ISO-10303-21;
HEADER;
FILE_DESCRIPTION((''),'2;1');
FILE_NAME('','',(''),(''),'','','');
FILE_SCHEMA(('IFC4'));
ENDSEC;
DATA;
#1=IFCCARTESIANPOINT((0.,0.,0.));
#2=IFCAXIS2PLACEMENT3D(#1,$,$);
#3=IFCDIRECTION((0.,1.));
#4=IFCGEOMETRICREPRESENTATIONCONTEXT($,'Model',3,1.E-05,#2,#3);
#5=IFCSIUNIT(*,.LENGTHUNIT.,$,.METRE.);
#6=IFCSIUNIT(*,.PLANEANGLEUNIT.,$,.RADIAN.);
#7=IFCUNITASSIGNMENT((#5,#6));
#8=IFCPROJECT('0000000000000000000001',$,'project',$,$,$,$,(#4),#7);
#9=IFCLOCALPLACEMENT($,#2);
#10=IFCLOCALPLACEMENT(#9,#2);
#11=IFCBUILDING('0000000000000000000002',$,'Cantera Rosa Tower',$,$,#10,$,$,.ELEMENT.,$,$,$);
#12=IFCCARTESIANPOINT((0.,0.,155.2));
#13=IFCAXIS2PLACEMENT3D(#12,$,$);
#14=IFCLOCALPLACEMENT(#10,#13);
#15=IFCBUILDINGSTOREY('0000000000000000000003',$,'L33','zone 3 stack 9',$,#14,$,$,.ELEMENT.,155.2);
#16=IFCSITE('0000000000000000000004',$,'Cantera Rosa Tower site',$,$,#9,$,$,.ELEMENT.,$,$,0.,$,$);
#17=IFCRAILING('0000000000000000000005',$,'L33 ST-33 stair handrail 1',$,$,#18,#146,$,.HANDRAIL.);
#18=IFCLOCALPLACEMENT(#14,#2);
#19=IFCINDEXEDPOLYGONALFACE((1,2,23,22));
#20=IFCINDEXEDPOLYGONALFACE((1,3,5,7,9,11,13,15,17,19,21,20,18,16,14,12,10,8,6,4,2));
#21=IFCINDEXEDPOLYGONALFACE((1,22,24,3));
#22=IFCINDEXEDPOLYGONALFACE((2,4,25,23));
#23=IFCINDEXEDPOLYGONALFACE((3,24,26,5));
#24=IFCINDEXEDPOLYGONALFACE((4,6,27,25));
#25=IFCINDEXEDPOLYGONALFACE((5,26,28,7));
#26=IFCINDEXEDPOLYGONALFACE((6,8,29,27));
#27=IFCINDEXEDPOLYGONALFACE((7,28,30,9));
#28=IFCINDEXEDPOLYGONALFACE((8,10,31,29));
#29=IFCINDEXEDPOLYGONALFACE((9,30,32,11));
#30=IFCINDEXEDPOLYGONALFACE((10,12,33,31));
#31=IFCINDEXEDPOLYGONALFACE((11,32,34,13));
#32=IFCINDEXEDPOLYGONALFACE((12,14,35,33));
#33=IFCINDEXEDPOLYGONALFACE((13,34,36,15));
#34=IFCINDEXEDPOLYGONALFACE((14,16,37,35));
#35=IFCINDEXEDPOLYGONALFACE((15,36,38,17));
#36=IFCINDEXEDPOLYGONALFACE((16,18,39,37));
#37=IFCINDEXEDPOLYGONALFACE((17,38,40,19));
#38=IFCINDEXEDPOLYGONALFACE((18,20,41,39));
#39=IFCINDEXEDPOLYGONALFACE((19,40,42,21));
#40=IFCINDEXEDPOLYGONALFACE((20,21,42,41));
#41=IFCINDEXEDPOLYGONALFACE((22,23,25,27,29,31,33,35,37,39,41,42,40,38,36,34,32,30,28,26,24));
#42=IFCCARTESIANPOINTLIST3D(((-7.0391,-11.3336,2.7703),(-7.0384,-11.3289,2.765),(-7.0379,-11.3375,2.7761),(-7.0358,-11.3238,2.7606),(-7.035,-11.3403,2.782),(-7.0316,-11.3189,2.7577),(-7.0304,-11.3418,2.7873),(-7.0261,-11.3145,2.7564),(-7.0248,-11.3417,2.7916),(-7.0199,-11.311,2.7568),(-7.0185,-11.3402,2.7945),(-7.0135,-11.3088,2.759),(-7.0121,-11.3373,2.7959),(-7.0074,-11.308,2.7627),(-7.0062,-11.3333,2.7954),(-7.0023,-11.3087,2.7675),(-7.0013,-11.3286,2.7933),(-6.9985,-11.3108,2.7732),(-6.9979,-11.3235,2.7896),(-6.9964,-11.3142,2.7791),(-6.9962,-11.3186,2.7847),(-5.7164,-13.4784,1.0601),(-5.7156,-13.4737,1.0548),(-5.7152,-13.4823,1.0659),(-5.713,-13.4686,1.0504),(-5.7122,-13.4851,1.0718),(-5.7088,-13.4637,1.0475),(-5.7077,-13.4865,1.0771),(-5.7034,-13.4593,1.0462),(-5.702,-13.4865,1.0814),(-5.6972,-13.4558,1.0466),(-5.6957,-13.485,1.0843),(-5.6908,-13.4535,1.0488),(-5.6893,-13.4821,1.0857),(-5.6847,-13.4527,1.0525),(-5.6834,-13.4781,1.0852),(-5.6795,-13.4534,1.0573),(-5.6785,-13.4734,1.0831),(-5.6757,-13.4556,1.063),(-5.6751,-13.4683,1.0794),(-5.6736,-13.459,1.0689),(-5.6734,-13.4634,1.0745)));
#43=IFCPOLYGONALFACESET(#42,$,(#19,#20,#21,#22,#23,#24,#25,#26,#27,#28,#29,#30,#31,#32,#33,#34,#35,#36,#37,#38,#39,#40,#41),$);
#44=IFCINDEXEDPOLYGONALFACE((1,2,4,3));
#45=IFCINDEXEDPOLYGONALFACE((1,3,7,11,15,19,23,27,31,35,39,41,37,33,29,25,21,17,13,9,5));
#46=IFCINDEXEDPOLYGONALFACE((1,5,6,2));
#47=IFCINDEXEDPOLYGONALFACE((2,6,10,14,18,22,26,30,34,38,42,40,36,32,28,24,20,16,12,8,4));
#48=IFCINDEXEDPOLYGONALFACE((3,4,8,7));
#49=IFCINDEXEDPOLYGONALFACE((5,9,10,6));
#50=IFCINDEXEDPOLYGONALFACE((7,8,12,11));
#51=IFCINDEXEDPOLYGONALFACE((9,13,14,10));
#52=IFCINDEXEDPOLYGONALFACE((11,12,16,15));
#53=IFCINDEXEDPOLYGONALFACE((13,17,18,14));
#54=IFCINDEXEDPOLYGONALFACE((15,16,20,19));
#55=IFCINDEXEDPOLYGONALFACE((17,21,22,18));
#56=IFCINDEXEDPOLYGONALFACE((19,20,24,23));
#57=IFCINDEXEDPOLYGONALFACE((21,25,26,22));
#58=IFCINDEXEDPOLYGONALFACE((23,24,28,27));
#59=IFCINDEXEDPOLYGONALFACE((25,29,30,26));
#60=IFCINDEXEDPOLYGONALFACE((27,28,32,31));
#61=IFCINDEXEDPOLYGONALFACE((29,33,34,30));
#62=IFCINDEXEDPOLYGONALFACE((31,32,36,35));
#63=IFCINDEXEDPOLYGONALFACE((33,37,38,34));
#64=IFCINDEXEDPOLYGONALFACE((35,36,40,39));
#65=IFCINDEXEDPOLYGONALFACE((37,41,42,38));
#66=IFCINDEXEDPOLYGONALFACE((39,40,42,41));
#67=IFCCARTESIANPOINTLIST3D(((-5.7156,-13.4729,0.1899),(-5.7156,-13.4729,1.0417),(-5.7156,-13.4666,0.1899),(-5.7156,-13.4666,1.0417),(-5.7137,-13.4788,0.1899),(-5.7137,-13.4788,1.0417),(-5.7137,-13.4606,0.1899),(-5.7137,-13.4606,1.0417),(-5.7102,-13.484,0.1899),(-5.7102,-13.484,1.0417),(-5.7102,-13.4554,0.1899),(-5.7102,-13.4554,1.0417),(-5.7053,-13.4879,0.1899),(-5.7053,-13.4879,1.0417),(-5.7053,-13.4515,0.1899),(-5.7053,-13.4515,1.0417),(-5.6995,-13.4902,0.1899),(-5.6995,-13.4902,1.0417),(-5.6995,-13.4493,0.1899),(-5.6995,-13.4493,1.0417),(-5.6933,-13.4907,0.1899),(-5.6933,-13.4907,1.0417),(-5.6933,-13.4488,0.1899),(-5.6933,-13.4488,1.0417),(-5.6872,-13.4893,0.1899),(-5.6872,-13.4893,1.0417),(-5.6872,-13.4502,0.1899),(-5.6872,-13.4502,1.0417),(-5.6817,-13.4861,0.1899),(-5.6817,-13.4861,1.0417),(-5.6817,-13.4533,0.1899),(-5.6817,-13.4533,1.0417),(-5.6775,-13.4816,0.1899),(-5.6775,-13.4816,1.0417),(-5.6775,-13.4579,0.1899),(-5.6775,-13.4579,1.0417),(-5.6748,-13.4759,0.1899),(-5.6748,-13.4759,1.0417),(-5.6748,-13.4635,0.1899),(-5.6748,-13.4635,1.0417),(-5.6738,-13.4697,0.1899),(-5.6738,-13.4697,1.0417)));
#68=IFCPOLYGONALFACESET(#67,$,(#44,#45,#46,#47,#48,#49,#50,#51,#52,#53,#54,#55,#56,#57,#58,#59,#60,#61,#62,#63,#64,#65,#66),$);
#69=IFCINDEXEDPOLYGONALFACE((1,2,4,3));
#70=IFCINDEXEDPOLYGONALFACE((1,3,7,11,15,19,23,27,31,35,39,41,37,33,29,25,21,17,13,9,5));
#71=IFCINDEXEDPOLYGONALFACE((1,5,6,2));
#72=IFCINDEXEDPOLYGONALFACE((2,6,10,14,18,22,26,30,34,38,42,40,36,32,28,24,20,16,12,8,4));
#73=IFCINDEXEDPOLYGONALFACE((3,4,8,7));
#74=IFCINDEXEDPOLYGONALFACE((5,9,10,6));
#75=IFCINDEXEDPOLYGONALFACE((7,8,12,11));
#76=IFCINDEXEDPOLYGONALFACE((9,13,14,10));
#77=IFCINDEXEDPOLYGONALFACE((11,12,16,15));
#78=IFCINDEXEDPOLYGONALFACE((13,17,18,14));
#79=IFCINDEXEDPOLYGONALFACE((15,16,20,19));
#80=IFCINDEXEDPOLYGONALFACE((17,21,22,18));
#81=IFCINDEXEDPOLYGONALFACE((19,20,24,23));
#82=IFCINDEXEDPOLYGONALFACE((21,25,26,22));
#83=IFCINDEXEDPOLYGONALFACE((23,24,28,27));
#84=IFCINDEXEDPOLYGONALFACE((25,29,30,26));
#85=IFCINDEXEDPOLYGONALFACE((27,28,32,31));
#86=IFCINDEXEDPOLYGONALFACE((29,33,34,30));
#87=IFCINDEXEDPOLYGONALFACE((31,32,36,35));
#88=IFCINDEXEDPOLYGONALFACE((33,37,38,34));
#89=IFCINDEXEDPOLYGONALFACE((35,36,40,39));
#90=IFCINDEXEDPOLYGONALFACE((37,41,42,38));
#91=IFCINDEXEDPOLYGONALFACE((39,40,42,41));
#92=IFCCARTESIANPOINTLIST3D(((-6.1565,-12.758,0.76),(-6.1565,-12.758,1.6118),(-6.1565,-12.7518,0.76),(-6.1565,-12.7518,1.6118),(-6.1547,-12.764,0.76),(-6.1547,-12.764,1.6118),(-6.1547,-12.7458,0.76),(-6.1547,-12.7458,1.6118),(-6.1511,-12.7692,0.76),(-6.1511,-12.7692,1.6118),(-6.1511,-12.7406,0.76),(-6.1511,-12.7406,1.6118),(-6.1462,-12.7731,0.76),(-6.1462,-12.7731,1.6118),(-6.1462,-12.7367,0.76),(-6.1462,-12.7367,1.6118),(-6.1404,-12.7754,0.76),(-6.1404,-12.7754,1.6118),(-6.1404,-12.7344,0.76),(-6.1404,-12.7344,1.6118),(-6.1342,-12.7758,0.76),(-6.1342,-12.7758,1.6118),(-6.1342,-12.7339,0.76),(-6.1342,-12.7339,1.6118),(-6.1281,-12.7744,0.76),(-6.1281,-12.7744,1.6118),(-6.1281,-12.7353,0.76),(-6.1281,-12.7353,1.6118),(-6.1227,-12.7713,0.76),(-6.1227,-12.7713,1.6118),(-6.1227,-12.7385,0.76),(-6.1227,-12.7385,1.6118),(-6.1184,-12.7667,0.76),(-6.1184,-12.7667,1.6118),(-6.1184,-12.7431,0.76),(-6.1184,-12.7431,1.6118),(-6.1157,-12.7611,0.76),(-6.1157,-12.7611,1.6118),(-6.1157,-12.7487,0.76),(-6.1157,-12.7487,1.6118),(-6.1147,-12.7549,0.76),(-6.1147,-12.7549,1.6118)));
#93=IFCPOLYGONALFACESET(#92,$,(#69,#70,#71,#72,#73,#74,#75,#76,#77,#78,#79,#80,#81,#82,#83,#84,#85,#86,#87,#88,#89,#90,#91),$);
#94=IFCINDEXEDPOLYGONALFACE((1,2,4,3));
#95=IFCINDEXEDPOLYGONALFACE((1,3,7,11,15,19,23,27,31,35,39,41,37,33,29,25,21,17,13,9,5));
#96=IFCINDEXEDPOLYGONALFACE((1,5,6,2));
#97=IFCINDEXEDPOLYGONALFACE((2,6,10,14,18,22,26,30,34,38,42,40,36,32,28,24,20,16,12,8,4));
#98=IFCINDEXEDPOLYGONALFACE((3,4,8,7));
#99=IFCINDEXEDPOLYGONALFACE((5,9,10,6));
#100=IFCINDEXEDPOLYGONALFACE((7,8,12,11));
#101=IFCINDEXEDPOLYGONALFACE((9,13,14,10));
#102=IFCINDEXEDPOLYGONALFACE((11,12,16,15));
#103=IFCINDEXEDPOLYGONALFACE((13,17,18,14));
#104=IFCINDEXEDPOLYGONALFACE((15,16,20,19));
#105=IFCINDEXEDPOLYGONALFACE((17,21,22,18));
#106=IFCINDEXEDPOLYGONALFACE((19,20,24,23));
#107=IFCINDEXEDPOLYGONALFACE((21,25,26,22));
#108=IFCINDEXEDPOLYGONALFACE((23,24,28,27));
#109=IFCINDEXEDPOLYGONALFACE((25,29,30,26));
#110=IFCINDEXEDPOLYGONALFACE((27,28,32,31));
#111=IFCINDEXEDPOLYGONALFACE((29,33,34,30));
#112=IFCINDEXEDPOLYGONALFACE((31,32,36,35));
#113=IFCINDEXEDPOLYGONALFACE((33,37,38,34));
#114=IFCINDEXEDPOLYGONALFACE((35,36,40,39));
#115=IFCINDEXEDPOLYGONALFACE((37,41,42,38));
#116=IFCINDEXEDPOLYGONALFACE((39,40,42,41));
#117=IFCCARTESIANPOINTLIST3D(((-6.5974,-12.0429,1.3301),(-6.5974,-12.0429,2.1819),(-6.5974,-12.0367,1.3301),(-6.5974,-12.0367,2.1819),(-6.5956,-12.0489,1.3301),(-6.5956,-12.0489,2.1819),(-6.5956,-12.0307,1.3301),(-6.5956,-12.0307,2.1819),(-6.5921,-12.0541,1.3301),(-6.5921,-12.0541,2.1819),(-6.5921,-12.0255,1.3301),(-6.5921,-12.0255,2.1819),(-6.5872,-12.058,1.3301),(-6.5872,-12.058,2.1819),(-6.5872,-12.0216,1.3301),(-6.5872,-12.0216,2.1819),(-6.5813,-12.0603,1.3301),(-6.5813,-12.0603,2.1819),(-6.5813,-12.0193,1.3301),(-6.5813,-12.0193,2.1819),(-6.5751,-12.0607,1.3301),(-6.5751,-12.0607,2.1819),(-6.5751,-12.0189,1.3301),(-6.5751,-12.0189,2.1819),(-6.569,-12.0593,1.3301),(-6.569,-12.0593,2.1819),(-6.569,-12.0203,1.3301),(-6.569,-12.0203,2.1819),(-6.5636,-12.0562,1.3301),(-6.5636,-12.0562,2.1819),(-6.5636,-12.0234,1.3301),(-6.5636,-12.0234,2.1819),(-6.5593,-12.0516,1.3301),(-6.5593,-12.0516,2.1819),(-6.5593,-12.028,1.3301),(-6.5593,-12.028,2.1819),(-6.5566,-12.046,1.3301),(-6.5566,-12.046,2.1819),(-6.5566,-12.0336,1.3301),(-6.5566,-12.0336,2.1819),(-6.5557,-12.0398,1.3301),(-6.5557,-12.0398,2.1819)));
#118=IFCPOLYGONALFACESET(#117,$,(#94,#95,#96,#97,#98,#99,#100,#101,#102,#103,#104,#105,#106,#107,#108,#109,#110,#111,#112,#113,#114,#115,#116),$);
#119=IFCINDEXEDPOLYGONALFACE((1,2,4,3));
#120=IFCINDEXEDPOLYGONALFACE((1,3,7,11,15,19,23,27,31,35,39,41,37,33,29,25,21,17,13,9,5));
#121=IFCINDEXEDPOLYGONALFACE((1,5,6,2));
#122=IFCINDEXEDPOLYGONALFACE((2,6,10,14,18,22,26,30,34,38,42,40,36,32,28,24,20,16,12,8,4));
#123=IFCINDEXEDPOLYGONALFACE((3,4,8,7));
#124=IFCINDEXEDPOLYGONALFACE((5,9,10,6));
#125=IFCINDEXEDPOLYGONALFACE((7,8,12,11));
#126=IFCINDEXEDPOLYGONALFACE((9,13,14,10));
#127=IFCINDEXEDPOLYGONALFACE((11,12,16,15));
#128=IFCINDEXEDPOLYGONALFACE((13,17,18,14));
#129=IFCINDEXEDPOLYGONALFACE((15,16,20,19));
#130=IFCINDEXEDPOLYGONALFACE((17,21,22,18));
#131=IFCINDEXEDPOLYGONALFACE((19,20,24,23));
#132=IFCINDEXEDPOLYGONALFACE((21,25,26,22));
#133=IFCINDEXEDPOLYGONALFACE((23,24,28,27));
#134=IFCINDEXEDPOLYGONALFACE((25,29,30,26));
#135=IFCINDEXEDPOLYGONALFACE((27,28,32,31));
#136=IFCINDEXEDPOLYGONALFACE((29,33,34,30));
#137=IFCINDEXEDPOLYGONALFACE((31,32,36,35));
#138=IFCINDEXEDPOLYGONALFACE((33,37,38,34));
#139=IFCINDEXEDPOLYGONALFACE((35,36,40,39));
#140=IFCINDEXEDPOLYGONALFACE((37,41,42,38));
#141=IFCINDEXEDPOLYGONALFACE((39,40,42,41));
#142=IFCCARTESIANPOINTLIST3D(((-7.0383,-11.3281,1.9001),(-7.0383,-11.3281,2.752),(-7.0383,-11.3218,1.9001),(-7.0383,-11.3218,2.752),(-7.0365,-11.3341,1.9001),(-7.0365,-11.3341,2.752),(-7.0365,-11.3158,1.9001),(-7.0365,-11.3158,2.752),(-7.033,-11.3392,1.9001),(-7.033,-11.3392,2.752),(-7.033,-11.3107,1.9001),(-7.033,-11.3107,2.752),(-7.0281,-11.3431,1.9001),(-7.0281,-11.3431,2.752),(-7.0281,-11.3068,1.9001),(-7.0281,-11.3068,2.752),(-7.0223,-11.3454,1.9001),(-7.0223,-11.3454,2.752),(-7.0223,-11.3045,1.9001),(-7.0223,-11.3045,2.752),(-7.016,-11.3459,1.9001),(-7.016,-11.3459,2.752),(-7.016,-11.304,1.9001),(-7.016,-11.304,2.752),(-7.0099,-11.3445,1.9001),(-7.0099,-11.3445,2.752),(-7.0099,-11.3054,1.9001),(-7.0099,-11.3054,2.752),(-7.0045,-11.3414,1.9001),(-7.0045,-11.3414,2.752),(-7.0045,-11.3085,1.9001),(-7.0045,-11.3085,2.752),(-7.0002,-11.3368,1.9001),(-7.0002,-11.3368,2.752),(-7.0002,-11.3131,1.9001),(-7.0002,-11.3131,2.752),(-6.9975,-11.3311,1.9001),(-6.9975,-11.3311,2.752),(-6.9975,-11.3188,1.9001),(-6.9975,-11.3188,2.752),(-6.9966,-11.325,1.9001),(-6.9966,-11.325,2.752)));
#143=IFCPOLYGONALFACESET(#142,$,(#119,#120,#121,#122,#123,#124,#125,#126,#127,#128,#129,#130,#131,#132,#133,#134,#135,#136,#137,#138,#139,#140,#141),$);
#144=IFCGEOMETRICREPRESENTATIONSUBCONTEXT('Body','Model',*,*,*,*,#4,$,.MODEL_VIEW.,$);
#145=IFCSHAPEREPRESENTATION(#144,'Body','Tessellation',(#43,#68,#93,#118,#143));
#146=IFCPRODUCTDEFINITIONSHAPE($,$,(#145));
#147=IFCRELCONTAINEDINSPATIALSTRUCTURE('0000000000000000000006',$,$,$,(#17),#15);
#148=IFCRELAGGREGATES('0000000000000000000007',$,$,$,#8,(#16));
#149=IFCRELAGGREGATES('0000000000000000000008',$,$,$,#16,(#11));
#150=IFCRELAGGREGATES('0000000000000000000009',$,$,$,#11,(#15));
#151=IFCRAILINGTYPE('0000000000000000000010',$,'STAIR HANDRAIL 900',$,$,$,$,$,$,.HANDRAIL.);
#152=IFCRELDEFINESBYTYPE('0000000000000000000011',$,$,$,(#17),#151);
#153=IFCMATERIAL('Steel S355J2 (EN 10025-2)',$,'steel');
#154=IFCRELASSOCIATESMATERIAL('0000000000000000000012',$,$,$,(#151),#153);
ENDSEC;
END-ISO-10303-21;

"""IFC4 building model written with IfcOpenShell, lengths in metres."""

from ifc_helpers import new_model, si_unit, direction, frame, origin, origin_2d, place, context, subcontext, project, spatial, circle, extrude, material, type_object, element, save


model = new_model("IFC4")

# Units and contexts
model_context = context("Model", 3, precision=1e-05, world=origin(), true_north=direction((0.0, 1.0)))
body_context = subcontext(model_context, "Body", "Model", "MODEL_VIEW")
ifc_project = project(units=[si_unit("LENGTHUNIT", "METRE"), si_unit("PLANEANGLEUNIT", "RADIAN")], contexts=[model_context])

# Site, building, storey
site_placement = place(None, origin())
site = spatial("IfcSite", under=ifc_project, at=site_placement, Name="Cantera Rosa Tower site", CompositionType="ELEMENT", RefElevation=0.0)
building_placement = place(site_placement, origin())
building = spatial("IfcBuilding", under=site, at=building_placement, Name="Cantera Rosa Tower", CompositionType="ELEMENT")
storey_placement = place(building_placement, frame((0.0, 0.0, 155.2)))
storey = spatial("IfcBuildingStorey", under=building, at=storey_placement, Name="L33", Description="zone 3 stack 9", CompositionType="ELEMENT", Elevation=155.2)

# Railing
ifc_material_1 = material(Name="Steel S355J2 (EN 10025-2)", Category="steel")
railing_type_1 = type_object("IfcRailingType", Name="STAIR HANDRAIL 900", PredefinedType="HANDRAIL", material=ifc_material_1)
railing_1_placement = place(storey_placement, frame((-5.6948, -13.4697, 0.1899)))
element("IfcRailing", 1, at=railing_1_placement, inside=storey, type_object=railing_type_1, Name="L33 ST-33 stair handrail 1", PredefinedType="HANDRAIL", context=body_context, shape_type="SweptSolid", body=[
    extrude(circle(Radius=0.0239, at=origin_2d()), frame((0.0, 0.0, 0.876), z_axis=(-0.434343, 0.704264, 0.561568), x_axis=(-0.851146, -0.52493, 0.0)), (0.0, 0.0, 1.0), 3.0454),
    extrude(circle(Radius=0.021, at=origin_2d()), origin(), (0.0, 0.0, 1.0), 0.8518),
    extrude(circle(Radius=0.021, at=origin_2d()), frame((-0.4409, 0.7148, 0.5701)), (0.0, 0.0, 1.0), 0.8518),
    extrude(circle(Radius=0.021, at=origin_2d()), frame((-0.8818, 1.4299, 1.1401)), (0.0, 0.0, 1.0), 0.8518),
    extrude(circle(Radius=0.021, at=origin_2d()), frame((-1.3228, 2.1448, 1.7102)), (0.0, 0.0, 1.0), 0.8518),
])

save(model, "model.ifc")
